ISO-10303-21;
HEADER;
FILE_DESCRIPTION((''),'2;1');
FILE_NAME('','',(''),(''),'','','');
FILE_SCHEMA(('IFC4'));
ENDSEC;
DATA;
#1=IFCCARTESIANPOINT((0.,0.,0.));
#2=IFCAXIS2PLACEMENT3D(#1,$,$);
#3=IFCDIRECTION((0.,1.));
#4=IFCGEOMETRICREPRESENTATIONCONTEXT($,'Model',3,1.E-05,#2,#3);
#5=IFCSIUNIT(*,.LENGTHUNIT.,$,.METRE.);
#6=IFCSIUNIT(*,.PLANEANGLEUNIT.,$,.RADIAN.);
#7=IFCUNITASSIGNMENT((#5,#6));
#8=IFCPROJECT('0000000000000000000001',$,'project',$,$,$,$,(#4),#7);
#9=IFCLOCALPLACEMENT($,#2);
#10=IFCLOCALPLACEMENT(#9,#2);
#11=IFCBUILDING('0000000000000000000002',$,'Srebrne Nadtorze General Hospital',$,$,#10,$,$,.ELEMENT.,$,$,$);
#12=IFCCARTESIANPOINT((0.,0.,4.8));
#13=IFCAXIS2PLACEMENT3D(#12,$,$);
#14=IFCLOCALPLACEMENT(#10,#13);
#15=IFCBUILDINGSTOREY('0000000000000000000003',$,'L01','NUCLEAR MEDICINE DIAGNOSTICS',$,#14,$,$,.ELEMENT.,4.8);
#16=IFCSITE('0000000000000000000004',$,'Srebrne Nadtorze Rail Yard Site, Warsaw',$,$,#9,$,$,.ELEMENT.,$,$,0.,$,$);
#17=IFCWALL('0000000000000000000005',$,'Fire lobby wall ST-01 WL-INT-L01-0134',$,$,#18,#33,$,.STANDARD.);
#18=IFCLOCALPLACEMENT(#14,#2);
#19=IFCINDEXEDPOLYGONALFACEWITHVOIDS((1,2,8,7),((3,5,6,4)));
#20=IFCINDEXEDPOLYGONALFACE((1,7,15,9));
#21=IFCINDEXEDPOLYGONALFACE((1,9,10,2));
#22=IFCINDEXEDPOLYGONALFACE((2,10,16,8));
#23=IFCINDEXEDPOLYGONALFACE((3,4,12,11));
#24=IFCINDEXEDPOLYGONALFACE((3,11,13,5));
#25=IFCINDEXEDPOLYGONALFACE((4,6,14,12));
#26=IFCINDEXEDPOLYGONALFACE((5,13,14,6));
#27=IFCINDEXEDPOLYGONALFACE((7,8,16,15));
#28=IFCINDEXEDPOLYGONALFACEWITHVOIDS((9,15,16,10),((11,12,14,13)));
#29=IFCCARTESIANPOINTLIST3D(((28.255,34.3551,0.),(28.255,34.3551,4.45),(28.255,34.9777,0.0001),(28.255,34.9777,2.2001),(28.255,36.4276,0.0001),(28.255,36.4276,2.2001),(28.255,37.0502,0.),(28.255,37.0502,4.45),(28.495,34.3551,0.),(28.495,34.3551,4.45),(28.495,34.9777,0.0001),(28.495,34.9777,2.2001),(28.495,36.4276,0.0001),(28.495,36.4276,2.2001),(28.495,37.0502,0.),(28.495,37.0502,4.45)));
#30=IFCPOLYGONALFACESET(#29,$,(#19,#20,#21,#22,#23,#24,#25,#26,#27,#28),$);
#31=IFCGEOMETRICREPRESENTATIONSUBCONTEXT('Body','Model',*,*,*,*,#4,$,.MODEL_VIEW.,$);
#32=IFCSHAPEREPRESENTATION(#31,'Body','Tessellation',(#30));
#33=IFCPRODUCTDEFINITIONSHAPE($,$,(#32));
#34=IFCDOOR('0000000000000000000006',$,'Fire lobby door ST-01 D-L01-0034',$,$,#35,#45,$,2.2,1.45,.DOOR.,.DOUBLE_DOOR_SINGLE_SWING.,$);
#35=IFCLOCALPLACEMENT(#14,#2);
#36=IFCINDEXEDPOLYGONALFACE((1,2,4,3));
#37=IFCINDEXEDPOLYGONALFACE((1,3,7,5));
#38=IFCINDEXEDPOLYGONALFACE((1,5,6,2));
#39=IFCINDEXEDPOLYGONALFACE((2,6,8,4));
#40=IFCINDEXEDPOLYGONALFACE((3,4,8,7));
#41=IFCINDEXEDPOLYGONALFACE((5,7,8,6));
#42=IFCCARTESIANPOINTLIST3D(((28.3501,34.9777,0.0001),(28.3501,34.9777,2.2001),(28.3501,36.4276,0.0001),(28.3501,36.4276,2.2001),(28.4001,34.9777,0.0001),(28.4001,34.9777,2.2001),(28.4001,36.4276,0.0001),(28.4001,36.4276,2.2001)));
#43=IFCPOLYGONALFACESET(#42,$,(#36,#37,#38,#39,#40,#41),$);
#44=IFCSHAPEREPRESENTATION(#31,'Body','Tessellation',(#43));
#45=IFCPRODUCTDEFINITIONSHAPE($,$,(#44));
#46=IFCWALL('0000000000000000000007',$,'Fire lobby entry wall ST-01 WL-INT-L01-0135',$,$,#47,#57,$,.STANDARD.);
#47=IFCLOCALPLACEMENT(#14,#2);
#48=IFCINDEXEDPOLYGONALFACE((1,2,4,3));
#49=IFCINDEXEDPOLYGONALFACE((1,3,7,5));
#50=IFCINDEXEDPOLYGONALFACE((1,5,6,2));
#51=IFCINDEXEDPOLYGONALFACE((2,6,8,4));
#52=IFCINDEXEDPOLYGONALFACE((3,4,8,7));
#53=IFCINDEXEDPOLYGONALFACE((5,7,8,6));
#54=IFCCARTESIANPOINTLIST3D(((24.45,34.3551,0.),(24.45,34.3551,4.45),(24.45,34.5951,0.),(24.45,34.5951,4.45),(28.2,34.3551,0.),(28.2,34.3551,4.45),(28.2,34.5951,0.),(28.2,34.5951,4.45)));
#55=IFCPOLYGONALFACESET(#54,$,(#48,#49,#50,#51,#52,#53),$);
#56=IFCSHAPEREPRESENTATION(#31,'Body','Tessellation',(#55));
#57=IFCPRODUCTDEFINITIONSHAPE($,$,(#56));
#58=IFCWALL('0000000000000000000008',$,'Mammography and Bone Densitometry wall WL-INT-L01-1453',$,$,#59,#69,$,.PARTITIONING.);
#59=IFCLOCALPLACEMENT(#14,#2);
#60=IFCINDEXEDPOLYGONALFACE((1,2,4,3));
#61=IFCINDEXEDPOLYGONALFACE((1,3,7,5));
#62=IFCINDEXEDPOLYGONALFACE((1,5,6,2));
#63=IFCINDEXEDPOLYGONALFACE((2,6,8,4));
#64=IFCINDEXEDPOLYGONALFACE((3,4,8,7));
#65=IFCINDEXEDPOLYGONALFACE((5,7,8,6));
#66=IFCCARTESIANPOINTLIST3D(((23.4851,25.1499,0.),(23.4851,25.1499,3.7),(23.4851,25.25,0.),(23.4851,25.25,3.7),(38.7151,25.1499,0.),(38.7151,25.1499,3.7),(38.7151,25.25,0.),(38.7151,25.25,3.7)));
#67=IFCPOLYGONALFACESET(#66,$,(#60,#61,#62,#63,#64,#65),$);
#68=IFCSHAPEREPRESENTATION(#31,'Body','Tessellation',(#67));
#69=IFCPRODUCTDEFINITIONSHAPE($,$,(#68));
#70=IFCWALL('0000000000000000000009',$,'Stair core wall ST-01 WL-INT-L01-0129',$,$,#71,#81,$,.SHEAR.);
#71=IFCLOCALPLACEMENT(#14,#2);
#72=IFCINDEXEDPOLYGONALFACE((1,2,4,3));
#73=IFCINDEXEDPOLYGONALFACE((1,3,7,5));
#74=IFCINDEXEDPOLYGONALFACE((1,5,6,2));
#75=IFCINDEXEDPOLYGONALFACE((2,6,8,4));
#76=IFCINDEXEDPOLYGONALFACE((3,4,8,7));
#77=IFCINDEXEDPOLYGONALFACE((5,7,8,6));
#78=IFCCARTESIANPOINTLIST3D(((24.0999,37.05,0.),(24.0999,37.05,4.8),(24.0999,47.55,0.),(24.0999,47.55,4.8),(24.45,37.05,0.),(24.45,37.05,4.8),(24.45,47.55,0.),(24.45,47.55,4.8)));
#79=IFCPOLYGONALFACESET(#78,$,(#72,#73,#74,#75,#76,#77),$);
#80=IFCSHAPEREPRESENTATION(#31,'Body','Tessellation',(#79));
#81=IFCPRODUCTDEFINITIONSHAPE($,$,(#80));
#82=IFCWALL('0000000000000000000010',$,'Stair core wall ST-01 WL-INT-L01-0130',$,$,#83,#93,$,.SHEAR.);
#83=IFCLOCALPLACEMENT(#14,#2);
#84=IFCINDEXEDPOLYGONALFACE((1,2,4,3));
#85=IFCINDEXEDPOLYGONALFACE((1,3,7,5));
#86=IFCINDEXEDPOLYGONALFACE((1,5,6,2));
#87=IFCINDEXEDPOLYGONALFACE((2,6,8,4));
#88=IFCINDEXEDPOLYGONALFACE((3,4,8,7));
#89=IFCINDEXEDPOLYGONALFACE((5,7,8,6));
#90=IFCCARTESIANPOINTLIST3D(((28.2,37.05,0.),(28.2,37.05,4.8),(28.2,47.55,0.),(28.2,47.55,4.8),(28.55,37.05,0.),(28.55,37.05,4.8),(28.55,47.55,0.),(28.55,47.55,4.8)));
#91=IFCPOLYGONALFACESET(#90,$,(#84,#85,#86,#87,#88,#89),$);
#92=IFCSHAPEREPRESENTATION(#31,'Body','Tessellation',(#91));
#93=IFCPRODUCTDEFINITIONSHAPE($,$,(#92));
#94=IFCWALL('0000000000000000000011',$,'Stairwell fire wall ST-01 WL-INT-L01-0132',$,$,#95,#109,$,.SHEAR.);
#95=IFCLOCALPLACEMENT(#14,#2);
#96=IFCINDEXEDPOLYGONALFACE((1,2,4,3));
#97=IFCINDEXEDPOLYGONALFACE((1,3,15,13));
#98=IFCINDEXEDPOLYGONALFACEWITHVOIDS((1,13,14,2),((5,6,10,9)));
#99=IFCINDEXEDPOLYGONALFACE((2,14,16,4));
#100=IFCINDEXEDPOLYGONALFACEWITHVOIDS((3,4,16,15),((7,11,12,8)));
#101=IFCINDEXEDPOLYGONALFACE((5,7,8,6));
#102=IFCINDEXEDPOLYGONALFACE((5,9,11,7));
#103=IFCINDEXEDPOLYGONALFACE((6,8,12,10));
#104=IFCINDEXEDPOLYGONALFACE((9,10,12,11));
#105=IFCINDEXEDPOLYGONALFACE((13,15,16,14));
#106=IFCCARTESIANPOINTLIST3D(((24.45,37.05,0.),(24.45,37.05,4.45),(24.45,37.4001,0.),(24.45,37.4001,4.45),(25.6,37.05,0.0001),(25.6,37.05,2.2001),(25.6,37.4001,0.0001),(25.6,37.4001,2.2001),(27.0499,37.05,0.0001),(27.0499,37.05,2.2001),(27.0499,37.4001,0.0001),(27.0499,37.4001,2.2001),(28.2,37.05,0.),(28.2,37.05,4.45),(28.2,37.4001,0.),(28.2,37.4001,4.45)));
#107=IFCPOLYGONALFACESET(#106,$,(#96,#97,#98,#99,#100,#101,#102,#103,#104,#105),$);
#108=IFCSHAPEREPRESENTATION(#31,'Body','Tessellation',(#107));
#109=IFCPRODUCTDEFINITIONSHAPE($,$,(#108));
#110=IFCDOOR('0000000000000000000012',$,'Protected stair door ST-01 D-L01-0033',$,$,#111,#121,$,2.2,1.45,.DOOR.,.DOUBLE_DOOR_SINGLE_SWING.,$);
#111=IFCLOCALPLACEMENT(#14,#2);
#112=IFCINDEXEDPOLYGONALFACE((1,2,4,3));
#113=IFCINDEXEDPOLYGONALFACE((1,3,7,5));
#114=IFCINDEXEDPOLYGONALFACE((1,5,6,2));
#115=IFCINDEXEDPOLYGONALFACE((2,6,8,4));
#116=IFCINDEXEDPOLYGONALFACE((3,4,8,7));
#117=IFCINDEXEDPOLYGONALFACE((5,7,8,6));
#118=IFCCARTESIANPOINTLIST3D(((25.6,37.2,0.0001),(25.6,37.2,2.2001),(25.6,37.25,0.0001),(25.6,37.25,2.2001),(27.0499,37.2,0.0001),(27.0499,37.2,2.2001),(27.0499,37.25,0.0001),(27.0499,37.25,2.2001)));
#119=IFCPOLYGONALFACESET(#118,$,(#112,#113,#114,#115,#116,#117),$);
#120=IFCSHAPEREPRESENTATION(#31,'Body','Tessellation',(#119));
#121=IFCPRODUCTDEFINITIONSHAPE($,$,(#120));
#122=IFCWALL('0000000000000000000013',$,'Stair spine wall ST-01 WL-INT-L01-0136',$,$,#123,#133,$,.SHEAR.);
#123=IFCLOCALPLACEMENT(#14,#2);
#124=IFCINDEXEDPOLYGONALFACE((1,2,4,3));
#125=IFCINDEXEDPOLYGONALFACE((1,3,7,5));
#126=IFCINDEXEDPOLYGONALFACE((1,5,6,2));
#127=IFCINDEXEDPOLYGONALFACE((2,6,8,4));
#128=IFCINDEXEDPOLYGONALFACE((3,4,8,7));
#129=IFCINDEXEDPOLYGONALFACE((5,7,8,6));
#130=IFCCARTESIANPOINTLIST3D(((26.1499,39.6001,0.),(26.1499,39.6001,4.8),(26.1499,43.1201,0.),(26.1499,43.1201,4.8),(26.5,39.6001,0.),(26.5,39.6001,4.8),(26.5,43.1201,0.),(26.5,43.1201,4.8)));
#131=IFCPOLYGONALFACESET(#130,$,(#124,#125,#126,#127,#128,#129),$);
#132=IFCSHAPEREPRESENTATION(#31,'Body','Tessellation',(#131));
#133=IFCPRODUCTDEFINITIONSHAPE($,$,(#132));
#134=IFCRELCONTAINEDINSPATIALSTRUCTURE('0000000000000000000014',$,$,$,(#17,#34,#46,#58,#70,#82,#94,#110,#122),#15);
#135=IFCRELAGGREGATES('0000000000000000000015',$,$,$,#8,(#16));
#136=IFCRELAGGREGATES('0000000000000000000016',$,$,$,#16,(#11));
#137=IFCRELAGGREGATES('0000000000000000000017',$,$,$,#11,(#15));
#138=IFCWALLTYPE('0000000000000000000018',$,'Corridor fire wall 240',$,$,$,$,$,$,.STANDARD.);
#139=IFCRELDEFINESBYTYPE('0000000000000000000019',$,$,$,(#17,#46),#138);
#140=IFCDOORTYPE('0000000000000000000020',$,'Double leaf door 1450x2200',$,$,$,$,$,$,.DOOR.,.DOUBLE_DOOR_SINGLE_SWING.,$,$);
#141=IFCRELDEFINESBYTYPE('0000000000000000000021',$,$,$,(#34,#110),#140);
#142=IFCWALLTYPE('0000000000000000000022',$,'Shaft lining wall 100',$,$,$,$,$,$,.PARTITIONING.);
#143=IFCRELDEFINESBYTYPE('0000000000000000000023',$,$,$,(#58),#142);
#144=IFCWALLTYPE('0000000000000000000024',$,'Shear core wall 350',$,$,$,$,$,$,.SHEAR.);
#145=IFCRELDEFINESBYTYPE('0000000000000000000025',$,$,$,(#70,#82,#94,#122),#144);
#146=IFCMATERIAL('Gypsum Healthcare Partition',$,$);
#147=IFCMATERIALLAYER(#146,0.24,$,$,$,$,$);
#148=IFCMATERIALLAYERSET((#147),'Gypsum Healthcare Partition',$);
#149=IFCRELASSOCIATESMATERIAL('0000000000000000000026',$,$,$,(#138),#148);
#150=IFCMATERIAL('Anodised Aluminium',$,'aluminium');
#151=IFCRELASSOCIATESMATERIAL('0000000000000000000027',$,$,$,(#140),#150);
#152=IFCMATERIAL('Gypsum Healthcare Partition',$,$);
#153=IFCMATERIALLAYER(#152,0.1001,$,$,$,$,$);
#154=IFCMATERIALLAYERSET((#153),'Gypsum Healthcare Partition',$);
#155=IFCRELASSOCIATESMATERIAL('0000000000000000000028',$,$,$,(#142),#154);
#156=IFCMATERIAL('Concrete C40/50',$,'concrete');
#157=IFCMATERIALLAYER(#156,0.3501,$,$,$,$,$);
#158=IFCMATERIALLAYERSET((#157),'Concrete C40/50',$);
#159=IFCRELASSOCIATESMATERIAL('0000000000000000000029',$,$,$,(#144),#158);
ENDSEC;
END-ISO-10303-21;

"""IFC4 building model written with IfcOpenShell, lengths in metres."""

from ifc_helpers import new_model, si_unit, direction, frame, frame_2d, origin, place, context, subcontext, project, spatial, rectangle, extrude, material, layer, layer_set, type_object, element, fill, save


model = new_model("IFC4")

# Units and contexts
model_context = context("Model", 3, precision=1e-05, world=origin(), true_north=direction((0.0, 1.0)))
body_context = subcontext(model_context, "Body", "Model", "MODEL_VIEW")
ifc_project = project(units=[si_unit("LENGTHUNIT", "METRE"), si_unit("PLANEANGLEUNIT", "RADIAN")], contexts=[model_context])

# Site, building, storey
site_placement = place(None, origin())
site = spatial("IfcSite", under=ifc_project, at=site_placement, Name="Srebrne Nadtorze Rail Yard Site, Warsaw", CompositionType="ELEMENT", RefElevation=0.0)
building_placement = place(site_placement, origin())
building = spatial("IfcBuilding", under=site, at=building_placement, Name="Srebrne Nadtorze General Hospital", CompositionType="ELEMENT")
storey_placement = place(building_placement, frame((0.0, 0.0, 4.8)))
storey = spatial("IfcBuildingStorey", under=building, at=storey_placement, Name="L01", Description="NUCLEAR MEDICINE DIAGNOSTICS", CompositionType="ELEMENT", Elevation=4.8)

# Shared definitions
ifc_material_1 = material(Name="Gypsum Healthcare Partition")
ifc_layer_1 = layer(ifc_material_1, 0.24)
ifc_layer_set_1 = layer_set([ifc_layer_1], Name="Gypsum Healthcare Partition")
wall_type_1 = type_object("IfcWallType", Name="Corridor fire wall 240", PredefinedType="STANDARD", material=ifc_layer_set_1)

# Wall, opening, door
wall_1_placement = place(storey_placement, frame((28.375, 34.355, 0.0), z_axis=(0.0, 0.0, 1.0), x_axis=(0.0, 1.0, 0.0)))
wall_1 = element("IfcWall", 1, at=wall_1_placement, inside=storey, type_object=wall_type_1, Name="Fire lobby wall ST-01 WL-INT-L01-0134", PredefinedType="STANDARD", context=body_context, shape_type="SweptSolid", body=[
    extrude(rectangle(XDim=2.6951, YDim=0.24, at=frame_2d((1.3477, 0.0))), origin(), (0.0, 0.0, 1.0), 4.45),
])
opening_1_placement = place(wall_1_placement, frame((0.6226, 0.0, 0.0)))
opening_1 = element("IfcOpeningElement", 2, at=opening_1_placement, cuts=wall_1, PredefinedType="OPENING", context=body_context, shape_type="SweptSolid", body=[
    extrude(rectangle(XDim=1.45, YDim=2.2, at=frame_2d((0.7251, 1.1001))), frame((0.0, 0.1318, 0.0), z_axis=(0.0, -1.0, 0.0), x_axis=(1.0, 0.0, 0.0)), (0.0, 0.0, 1.0), 0.2639),
])
ifc_material_2 = material(Name="Anodised Aluminium", Category="aluminium")
door_type = type_object("IfcDoorType", Name="Double leaf door 1450x2200", OperationType="DOUBLE_DOOR_SINGLE_SWING", PredefinedType="DOOR", material=ifc_material_2)
door_1_placement = place(opening_1_placement, origin())
door_1 = element("IfcDoor", 3, at=door_1_placement, inside=storey, type_object=door_type, Name="Fire lobby door ST-01 D-L01-0034", OperationType="DOUBLE_DOOR_SINGLE_SWING", OverallHeight=2.2, OverallWidth=1.45, PredefinedType="DOOR", context=body_context, shape_type="SweptSolid", body=[
    extrude(rectangle(XDim=1.45, YDim=2.2, at=frame_2d((0.7251, 1.1001))), frame((0.0, 0.0249, 0.0), z_axis=(0.0, -1.0, 0.0), x_axis=(1.0, 0.0, 0.0)), (0.0, 0.0, 1.0), 0.05),
])
fill(opening_1, door_1)

# Walls
wall_2_placement = place(storey_placement, frame((24.45, 34.4751, 0.0), z_axis=(0.0, 0.0, 1.0), x_axis=(1.0, 0.0, 0.0)))
element("IfcWall", 4, at=wall_2_placement, inside=storey, type_object=wall_type_1, Name="Fire lobby entry wall ST-01 WL-INT-L01-0135", PredefinedType="STANDARD", context=body_context, shape_type="SweptSolid", body=[
    extrude(rectangle(XDim=3.75, YDim=0.24, at=frame_2d((1.875, 0.0))), origin(), (0.0, 0.0, 1.0), 4.45),
])
ifc_material_3 = material(Name="Gypsum Healthcare Partition")
ifc_layer_2 = layer(ifc_material_3, 0.1001)
ifc_layer_set_2 = layer_set([ifc_layer_2], Name="Gypsum Healthcare Partition")
wall_type_2 = type_object("IfcWallType", Name="Shaft lining wall 100", PredefinedType="PARTITIONING", material=ifc_layer_set_2)
wall_3_placement = place(storey_placement, frame((23.4851, 25.2, 0.0), z_axis=(0.0, 0.0, 1.0), x_axis=(1.0, 0.0, 0.0)))
element("IfcWall", 5, at=wall_3_placement, inside=storey, type_object=wall_type_2, Name="Mammography and Bone Densitometry wall WL-INT-L01-1453", PredefinedType="PARTITIONING", context=body_context, shape_type="SweptSolid", body=[
    extrude(rectangle(XDim=15.23, YDim=0.1001, at=frame_2d((7.615, 0.0))), origin(), (0.0, 0.0, 1.0), 3.7),
])
ifc_material_4 = material(Name="Concrete C40/50", Category="concrete")
ifc_layer_3 = layer(ifc_material_4, 0.3501)
ifc_layer_set_3 = layer_set([ifc_layer_3], Name="Concrete C40/50")
wall_type_3 = type_object("IfcWallType", Name="Shear core wall 350", PredefinedType="SHEAR", material=ifc_layer_set_3)
for number, where, z_axis, x_axis, name in (
    (6, (24.2749, 37.05, 0.0), (0.0, 0.0, 1.0), (0.0, 1.0, 0.0), "Stair core wall ST-01 WL-INT-L01-0129"),
    (7, (28.375, 37.05, 0.0), (0.0, 0.0, 1.0), (0.0, 1.0, 0.0), "Stair core wall ST-01 WL-INT-L01-0130"),
):
    element("IfcWall", number, at=place(storey_placement, frame(where, z_axis=z_axis, x_axis=x_axis)), inside=storey, type_object=wall_type_3, Name=name, PredefinedType="SHEAR", context=body_context, shape_type="SweptSolid", body=[
        extrude(rectangle(XDim=10.5, YDim=0.3501, at=frame_2d((5.25, 0.0))), origin(), (0.0, 0.0, 1.0), 4.8),
    ])

# Wall, opening, door
wall_4_placement = place(storey_placement, frame((24.45, 37.2251, 0.0), z_axis=(0.0, 0.0, 1.0), x_axis=(1.0, 0.0, 0.0)))
wall_4 = element("IfcWall", 8, at=wall_4_placement, inside=storey, type_object=wall_type_3, Name="Stairwell fire wall ST-01 WL-INT-L01-0132", PredefinedType="SHEAR", context=body_context, shape_type="SweptSolid", body=[
    extrude(rectangle(XDim=3.75, YDim=0.3501, at=frame_2d((1.875, 0.0))), origin(), (0.0, 0.0, 1.0), 4.45),
])
opening_2_placement = place(wall_4_placement, frame((1.1499, 0.0, 0.0)))
opening_2 = element("IfcOpeningElement", 9, at=opening_2_placement, cuts=wall_4, PredefinedType="OPENING", context=body_context, shape_type="SweptSolid", body=[
    extrude(rectangle(XDim=1.45, YDim=2.2, at=frame_2d((0.7251, 1.1001))), frame((0.0, 0.187, 0.0), z_axis=(0.0, -1.0, 0.0), x_axis=(1.0, 0.0, 0.0)), (0.0, 0.0, 1.0), 0.374),
])
door_2_placement = place(opening_2_placement, origin())
door_2 = element("IfcDoor", 10, at=door_2_placement, inside=storey, type_object=door_type, Name="Protected stair door ST-01 D-L01-0033", OperationType="DOUBLE_DOOR_SINGLE_SWING", OverallHeight=2.2, OverallWidth=1.45, PredefinedType="DOOR", context=body_context, shape_type="SweptSolid", body=[
    extrude(rectangle(XDim=1.45, YDim=2.2, at=frame_2d((0.7251, 1.1001))), frame((0.0, 0.0249, 0.0), z_axis=(0.0, -1.0, 0.0), x_axis=(1.0, 0.0, 0.0)), (0.0, 0.0, 1.0), 0.05),
])
fill(opening_2, door_2)

# Wall
wall_5_placement = place(storey_placement, frame((26.325, 39.6001, 0.0), z_axis=(0.0, 0.0, 1.0), x_axis=(0.0, 1.0, 0.0)))
element("IfcWall", 11, at=wall_5_placement, inside=storey, type_object=wall_type_3, Name="Stair spine wall ST-01 WL-INT-L01-0136", PredefinedType="SHEAR", context=body_context, shape_type="SweptSolid", body=[
    extrude(rectangle(XDim=3.52, YDim=0.3501, at=frame_2d((1.76, 0.0))), origin(), (0.0, 0.0, 1.0), 4.8),
])

save(model, "model.ifc")
